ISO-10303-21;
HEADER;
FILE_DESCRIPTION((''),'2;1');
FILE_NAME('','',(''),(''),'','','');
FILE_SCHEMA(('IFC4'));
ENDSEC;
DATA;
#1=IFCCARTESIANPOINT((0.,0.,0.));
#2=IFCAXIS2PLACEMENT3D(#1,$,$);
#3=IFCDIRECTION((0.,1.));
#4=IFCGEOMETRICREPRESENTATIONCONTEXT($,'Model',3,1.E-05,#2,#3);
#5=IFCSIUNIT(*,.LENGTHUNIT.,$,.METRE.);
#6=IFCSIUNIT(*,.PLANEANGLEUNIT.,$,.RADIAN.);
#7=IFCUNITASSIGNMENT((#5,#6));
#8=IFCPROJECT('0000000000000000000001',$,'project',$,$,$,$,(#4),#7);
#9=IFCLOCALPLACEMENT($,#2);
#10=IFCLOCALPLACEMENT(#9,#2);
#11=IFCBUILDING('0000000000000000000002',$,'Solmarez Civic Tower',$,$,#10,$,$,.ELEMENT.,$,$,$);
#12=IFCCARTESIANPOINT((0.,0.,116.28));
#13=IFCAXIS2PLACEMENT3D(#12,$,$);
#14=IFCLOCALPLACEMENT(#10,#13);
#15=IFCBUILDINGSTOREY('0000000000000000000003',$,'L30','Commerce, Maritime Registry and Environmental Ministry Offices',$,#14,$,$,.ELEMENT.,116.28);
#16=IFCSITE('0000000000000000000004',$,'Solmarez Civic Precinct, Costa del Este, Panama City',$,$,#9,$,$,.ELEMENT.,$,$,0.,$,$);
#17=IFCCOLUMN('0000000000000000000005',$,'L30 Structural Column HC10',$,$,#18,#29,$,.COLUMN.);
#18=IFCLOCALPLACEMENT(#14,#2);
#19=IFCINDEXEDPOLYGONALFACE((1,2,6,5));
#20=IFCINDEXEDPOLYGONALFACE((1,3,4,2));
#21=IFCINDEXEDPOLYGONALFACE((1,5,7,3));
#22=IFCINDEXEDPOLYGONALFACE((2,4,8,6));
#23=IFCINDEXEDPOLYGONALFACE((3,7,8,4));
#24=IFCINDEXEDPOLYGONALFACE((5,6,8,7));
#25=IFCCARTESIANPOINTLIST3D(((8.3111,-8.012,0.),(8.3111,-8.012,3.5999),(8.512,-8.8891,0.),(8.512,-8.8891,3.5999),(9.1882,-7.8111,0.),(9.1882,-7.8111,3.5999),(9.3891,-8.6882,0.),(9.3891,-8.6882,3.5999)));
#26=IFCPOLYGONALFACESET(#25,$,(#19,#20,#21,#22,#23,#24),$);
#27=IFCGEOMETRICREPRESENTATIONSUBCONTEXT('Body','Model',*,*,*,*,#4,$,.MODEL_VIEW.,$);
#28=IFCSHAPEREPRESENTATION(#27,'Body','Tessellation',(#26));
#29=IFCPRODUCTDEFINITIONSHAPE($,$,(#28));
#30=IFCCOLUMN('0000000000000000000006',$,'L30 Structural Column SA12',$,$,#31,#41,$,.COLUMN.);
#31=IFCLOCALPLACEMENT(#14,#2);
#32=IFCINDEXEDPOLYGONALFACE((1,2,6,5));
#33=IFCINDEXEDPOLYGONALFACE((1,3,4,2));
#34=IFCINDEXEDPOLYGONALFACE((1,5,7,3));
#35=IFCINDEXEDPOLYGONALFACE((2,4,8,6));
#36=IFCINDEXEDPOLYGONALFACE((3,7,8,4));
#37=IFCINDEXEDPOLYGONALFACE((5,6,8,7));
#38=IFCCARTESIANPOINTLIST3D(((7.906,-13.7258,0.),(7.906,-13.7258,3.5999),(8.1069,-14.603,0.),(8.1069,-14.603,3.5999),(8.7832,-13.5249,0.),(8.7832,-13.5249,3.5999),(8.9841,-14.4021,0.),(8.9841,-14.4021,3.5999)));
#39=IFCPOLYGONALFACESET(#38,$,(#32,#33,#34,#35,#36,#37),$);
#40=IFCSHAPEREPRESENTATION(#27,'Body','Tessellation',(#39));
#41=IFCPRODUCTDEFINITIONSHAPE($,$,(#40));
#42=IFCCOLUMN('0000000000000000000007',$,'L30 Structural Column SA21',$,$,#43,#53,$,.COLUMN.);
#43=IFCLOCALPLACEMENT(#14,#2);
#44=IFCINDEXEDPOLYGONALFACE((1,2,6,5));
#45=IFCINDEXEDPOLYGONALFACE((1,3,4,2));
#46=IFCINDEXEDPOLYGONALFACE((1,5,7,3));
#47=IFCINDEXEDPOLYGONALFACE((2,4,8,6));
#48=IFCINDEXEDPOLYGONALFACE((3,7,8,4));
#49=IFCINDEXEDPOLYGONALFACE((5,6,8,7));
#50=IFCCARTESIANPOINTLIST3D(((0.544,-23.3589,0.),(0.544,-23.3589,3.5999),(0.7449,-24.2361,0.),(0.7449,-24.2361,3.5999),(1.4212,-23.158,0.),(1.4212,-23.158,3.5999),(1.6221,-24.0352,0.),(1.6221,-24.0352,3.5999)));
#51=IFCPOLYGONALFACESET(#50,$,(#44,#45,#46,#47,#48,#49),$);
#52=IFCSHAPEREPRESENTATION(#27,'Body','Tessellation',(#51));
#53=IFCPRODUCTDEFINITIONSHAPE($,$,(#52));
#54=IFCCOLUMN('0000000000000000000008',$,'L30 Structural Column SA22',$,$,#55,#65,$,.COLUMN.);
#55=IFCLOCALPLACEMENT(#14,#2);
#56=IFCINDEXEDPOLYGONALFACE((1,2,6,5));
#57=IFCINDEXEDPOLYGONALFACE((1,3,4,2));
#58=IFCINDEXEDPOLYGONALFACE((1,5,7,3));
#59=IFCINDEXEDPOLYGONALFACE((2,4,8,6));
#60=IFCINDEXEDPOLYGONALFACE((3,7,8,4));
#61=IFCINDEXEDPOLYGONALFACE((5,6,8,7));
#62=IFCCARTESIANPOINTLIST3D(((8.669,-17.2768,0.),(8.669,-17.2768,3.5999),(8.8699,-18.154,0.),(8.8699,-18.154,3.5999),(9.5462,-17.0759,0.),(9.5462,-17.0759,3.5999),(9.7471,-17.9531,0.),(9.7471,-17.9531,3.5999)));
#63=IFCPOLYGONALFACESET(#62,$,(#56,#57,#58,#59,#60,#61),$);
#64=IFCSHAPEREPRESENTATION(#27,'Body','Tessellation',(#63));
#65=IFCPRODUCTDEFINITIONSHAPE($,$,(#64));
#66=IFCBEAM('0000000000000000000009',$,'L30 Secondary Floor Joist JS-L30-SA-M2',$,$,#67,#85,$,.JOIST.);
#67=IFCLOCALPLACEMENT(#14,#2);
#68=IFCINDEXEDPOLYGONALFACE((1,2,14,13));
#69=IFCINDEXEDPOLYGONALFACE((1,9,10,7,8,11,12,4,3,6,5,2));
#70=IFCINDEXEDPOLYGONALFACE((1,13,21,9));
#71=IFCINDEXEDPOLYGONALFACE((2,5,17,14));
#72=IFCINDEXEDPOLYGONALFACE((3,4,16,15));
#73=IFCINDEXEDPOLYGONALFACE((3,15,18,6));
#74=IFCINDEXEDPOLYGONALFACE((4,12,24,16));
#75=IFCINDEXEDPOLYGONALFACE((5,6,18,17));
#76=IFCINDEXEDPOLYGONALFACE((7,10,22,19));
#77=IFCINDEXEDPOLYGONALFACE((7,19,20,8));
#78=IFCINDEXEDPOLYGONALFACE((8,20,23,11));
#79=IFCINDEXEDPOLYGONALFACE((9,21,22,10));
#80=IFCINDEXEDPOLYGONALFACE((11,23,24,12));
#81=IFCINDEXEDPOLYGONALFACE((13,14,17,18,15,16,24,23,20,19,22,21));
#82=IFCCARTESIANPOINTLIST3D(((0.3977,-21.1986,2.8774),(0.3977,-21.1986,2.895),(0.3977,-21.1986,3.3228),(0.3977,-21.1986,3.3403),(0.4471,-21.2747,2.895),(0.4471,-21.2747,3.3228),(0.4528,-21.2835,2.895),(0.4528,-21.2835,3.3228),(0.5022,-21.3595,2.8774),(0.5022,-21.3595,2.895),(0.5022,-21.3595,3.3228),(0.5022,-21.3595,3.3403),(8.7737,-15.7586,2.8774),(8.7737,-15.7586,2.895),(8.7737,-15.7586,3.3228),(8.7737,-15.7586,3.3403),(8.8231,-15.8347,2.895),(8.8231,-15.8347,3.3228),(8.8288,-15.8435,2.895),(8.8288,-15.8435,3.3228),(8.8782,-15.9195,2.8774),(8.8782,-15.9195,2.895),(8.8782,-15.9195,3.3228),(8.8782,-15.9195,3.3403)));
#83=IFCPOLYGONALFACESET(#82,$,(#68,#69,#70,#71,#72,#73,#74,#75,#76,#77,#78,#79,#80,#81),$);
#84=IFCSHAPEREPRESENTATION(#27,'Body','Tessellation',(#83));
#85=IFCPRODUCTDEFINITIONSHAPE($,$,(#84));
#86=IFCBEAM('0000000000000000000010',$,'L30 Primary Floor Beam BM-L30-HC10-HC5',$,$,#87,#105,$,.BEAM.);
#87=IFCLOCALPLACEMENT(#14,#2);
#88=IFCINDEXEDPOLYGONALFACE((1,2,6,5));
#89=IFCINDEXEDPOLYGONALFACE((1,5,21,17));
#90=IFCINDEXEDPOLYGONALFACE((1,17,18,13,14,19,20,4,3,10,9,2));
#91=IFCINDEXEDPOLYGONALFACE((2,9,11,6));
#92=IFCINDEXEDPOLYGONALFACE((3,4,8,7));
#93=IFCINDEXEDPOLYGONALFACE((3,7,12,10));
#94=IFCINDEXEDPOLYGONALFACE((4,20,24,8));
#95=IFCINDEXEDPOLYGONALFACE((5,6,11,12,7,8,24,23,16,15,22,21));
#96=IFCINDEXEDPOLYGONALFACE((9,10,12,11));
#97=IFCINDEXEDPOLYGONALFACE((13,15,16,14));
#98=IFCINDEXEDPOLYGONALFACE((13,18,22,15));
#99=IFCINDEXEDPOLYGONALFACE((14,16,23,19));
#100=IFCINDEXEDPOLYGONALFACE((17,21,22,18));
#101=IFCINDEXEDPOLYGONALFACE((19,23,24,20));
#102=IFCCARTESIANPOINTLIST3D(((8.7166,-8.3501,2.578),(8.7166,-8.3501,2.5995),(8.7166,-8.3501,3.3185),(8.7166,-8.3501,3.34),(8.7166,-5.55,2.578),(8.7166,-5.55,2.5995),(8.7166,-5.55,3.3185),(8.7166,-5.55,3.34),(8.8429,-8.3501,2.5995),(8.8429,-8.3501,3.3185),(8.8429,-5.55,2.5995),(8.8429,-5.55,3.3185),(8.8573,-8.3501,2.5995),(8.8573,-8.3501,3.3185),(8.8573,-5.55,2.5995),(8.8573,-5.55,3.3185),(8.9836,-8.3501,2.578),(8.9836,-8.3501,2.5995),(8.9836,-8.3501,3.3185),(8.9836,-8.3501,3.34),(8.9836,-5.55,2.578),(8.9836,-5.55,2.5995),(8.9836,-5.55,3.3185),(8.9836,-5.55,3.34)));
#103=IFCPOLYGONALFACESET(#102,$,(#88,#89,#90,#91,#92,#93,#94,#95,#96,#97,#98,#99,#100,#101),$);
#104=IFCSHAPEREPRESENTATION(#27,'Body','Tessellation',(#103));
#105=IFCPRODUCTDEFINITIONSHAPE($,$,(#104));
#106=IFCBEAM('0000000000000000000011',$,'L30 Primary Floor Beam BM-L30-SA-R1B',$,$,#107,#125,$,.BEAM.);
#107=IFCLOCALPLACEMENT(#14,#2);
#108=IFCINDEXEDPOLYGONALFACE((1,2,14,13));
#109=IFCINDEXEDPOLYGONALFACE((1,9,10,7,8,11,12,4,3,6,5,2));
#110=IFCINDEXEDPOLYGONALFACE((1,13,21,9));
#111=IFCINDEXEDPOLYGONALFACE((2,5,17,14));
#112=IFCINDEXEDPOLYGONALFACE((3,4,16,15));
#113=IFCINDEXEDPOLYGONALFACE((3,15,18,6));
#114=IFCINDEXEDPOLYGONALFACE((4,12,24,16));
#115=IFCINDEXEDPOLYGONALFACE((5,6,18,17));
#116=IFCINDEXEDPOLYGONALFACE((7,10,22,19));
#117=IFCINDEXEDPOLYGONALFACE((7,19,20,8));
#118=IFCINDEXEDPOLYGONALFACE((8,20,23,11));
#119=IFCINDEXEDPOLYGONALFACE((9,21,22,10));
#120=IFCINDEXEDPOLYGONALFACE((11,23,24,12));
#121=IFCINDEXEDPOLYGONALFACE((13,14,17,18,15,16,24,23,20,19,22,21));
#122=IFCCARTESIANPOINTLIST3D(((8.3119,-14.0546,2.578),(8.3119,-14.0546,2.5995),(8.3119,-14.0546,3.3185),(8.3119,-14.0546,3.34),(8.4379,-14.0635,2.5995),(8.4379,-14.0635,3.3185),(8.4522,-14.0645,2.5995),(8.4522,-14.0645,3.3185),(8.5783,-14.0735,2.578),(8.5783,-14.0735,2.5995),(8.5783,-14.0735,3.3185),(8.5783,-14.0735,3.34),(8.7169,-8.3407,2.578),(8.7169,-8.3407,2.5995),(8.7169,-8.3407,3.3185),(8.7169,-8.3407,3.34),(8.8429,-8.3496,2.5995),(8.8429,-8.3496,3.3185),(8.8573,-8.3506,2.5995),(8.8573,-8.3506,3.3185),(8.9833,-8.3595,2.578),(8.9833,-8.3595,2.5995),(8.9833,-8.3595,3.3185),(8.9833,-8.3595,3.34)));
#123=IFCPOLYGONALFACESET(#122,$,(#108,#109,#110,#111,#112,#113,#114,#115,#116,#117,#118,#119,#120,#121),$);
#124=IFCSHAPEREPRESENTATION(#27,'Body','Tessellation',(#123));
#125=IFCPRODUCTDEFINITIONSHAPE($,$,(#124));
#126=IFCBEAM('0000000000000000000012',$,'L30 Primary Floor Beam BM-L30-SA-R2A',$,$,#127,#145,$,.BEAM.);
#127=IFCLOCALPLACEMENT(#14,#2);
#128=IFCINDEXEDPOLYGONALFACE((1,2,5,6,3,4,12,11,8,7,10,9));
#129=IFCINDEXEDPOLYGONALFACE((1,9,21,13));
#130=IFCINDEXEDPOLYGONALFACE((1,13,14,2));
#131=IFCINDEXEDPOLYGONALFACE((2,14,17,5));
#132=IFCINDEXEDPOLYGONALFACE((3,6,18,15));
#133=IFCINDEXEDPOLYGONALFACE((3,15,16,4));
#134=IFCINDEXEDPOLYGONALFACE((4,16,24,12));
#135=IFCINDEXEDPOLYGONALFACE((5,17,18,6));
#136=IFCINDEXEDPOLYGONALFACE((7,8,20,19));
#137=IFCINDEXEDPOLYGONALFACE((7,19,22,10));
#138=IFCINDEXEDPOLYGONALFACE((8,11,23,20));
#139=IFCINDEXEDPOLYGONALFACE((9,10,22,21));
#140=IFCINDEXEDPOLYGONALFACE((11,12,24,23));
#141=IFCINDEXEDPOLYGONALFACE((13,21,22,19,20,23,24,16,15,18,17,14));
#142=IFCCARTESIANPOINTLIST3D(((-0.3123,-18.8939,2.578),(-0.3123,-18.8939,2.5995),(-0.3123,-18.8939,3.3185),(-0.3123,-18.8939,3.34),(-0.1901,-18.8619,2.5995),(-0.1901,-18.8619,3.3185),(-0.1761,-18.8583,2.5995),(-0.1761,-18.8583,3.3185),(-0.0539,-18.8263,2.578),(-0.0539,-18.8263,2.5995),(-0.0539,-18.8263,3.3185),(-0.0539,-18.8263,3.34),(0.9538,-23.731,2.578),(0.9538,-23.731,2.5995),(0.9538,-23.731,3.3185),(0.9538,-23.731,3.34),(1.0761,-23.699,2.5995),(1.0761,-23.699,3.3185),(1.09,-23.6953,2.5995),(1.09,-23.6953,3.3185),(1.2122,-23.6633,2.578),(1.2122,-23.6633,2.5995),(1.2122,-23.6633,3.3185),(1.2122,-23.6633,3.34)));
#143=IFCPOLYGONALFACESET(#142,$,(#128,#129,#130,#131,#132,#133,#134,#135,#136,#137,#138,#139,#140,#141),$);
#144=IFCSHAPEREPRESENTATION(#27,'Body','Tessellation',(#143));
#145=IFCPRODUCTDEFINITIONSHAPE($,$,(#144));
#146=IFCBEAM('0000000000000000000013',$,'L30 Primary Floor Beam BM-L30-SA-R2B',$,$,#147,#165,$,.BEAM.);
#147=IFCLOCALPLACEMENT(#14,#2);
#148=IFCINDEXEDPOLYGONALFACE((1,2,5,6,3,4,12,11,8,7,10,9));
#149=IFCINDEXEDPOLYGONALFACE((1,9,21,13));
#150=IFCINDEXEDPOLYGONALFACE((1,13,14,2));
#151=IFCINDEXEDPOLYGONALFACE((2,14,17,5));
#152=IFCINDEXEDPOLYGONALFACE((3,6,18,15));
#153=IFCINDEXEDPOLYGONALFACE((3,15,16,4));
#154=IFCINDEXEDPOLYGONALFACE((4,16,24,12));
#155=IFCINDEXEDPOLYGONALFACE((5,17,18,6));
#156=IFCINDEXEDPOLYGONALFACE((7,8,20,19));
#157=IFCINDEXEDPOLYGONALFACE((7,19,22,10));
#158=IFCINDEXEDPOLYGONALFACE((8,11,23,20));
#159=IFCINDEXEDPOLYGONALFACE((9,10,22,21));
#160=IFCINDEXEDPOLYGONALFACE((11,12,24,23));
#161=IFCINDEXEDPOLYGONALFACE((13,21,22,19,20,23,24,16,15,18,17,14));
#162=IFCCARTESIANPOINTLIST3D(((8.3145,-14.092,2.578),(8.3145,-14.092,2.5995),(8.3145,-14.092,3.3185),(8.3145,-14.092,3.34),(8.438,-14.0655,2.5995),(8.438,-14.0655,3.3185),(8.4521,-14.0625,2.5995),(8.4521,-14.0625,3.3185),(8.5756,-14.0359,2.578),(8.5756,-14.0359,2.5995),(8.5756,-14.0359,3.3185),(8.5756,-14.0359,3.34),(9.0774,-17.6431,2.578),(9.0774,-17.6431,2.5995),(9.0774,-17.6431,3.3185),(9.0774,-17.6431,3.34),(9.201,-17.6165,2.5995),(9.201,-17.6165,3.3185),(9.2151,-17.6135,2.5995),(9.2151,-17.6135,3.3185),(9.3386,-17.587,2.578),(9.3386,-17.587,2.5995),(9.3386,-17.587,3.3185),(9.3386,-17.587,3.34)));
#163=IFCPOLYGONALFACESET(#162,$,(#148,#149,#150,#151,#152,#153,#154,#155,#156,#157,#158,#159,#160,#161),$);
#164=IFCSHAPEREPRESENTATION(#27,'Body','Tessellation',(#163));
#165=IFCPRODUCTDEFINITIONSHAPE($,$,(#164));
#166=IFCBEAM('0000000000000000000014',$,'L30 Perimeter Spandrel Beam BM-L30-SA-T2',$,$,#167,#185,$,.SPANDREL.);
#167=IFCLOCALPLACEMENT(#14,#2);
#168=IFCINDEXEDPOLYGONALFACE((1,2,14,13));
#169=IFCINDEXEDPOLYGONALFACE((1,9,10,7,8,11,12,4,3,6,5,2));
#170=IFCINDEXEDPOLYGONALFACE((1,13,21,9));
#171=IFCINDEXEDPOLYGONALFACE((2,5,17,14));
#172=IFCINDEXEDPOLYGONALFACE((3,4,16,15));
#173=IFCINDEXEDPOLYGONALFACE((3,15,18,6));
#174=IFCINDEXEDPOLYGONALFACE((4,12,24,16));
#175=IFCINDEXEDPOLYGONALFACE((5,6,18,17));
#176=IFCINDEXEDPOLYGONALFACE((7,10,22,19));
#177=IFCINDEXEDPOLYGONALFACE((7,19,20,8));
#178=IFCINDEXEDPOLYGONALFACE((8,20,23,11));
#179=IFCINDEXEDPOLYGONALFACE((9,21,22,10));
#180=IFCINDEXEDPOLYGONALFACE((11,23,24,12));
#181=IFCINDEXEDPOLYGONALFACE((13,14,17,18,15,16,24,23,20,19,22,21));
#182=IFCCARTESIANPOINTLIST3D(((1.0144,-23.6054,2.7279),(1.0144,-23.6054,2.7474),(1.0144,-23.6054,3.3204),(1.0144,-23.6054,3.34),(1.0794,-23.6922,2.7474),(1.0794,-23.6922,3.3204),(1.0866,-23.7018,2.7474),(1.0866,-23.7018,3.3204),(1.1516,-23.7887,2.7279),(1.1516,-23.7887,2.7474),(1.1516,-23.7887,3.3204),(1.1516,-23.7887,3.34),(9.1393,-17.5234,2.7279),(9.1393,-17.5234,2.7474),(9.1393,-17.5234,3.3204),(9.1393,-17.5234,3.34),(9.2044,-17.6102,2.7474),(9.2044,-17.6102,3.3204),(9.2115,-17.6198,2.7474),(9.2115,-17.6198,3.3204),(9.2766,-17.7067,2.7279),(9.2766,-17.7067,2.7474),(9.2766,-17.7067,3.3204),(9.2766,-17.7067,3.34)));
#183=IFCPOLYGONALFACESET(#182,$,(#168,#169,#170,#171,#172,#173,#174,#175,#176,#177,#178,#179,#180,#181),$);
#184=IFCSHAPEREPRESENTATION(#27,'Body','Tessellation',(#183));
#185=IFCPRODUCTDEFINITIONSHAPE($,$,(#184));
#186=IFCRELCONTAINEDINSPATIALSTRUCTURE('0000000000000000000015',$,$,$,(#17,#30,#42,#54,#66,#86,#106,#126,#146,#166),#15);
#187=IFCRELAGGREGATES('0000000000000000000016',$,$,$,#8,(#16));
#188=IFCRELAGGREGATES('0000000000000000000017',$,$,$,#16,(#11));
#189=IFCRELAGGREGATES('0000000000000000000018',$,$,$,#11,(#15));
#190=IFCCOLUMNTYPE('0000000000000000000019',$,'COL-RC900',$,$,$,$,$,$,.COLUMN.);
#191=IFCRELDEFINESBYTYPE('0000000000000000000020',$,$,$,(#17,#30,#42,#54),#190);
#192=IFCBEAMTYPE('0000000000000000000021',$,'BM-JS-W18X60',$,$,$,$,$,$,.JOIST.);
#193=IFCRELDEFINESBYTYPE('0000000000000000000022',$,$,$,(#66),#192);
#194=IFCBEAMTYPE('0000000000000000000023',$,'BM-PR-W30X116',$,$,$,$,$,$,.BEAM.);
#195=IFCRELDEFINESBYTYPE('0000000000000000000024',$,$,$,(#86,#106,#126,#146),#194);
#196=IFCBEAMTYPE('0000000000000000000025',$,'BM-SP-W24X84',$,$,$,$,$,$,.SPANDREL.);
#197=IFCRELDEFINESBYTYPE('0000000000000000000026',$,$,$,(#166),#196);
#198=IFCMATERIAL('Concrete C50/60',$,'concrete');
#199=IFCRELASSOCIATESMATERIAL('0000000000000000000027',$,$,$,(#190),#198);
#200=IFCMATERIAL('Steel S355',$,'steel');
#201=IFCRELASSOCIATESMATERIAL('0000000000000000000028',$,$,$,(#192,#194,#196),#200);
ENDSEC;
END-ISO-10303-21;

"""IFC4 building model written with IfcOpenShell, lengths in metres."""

from ifc_helpers import new_model, si_unit, direction, frame, origin, origin_2d, place, context, subcontext, project, spatial, rectangle, i_section, extrude, material, material_profile, profile_set, type_object, element, save


model = new_model("IFC4")

# Units and contexts
model_context = context("Model", 3, precision=1e-05, world=origin(), true_north=direction((0.0, 1.0)))
body_context = subcontext(model_context, "Body", "Model", "MODEL_VIEW")
ifc_project = project(units=[si_unit("LENGTHUNIT", "METRE"), si_unit("PLANEANGLEUNIT", "RADIAN")], contexts=[model_context])

# Site, building, storey
site_placement = place(None, origin())
site = spatial("IfcSite", under=ifc_project, at=site_placement, Name="Solmarez Civic Precinct, Costa del Este, Panama City", CompositionType="ELEMENT", RefElevation=0.0)
building_placement = place(site_placement, origin())
building = spatial("IfcBuilding", under=site, at=building_placement, Name="Solmarez Civic Tower", CompositionType="ELEMENT")
storey_placement = place(building_placement, frame((0.0, 0.0, 116.28)))
storey = spatial("IfcBuildingStorey", under=building, at=storey_placement, Name="L30", Description="Commerce, Maritime Registry and Environmental Ministry Offices", CompositionType="ELEMENT", Elevation=116.28)

# Columns
ifc_material_1 = material(Name="Concrete C50/60", Category="concrete")
ifc_material_profile_1 = material_profile(ifc_material_1, rectangle(XDim=0.8999, YDim=0.8999, at=origin_2d()), Name="RC900X900")
ifc_profile_set_1 = profile_set([ifc_material_profile_1], Name="Concrete C50/60")
column_type = type_object("IfcColumnType", Name="COL-RC900", PredefinedType="COLUMN", material=ifc_profile_set_1)
for number, where, z_axis, x_axis, name in (
    (1, (8.8501, -8.3501, 0.0), (0.0, 0.0, 1.0), (0.974761, 0.22325, 0.0), "L30 Structural Column HC10"),
    (2, (8.4451, -14.064, 0.0), (0.0, 0.0, 1.0), (0.974761, 0.22325, 0.0), "L30 Structural Column SA12"),
    (3, (1.083, -23.697, 0.0), (0.0, 0.0, 1.0), (0.974761, 0.22325, 0.0), "L30 Structural Column SA21"),
    (4, (9.208, -17.615, 0.0), (0.0, 0.0, 1.0), (0.974761, 0.22325, 0.0), "L30 Structural Column SA22"),
):
    element("IfcColumn", number, at=place(storey_placement, frame(where, z_axis=z_axis, x_axis=x_axis)), inside=storey, type_object=column_type, Name=name, PredefinedType="COLUMN", context=body_context, shape_type="SweptSolid", body=[
        extrude(rectangle(XDim=0.8999, YDim=0.8999, at=origin_2d()), origin(), (0.0, 0.0, 1.0), 3.5999),
    ])

# Beams
ifc_material_2 = material(Name="Steel S355", Category="steel")
ifc_material_profile_2 = material_profile(ifc_material_2, i_section(OverallWidth=0.1919, OverallDepth=0.4629, WebThickness=0.0105, FlangeThickness=0.0176, at=origin_2d()), Name="W18X60")
ifc_profile_set_2 = profile_set([ifc_material_profile_2], Name="Steel S355")
beam_type_1 = type_object("IfcBeamType", Name="BM-JS-W18X60", PredefinedType="JOIST", material=ifc_profile_set_2)
beam_1_placement = place(storey_placement, frame((0.45, -21.2791, 3.1089), z_axis=(0.838647, 0.544676, 0.0), x_axis=(-0.544676, 0.838647, 0.0)))
element("IfcBeam", 5, at=beam_1_placement, inside=storey, type_object=beam_type_1, Name="L30 Secondary Floor Joist JS-L30-SA-M2", PredefinedType="JOIST", context=body_context, shape_type="SweptSolid", body=[
    extrude(i_section(OverallWidth=0.1919, OverallDepth=0.4629, WebThickness=0.0105, FlangeThickness=0.0176, at=origin_2d()), origin(), (0.0, 0.0, 1.0), 9.9875),
])
ifc_material_profile_3 = material_profile(ifc_material_2, i_section(OverallWidth=0.2671, OverallDepth=0.762, WebThickness=0.0144, FlangeThickness=0.0215, at=origin_2d()), Name="W30X116")
ifc_profile_set_3 = profile_set([ifc_material_profile_3], Name="Steel S355")
beam_type_2 = type_object("IfcBeamType", Name="BM-PR-W30X116", PredefinedType="BEAM", material=ifc_profile_set_3)
beam_2_placement = place(storey_placement, frame((8.8501, -8.3501, 2.959), z_axis=(0.0, 1.0, 0.0), x_axis=(-1.0, 0.0, 0.0)))
element("IfcBeam", 6, at=beam_2_placement, inside=storey, type_object=beam_type_2, Name="L30 Primary Floor Beam BM-L30-HC10-HC5", PredefinedType="BEAM", context=body_context, shape_type="SweptSolid", body=[
    extrude(i_section(OverallWidth=0.2671, OverallDepth=0.762, WebThickness=0.0144, FlangeThickness=0.0215, at=origin_2d()), origin(), (0.0, 0.0, 1.0), 2.8),
])
beam_3_placement = place(storey_placement, frame((8.8501, -8.3501, 2.959), z_axis=(-0.070708, -0.997497, 0.0), x_axis=(0.997497, -0.070708, 0.0)))
element("IfcBeam", 7, at=beam_3_placement, inside=storey, type_object=beam_type_2, Name="L30 Primary Floor Beam BM-L30-SA-R1B", PredefinedType="BEAM", context=body_context, shape_type="SweptSolid", body=[
    extrude(i_section(OverallWidth=0.2671, OverallDepth=0.762, WebThickness=0.0144, FlangeThickness=0.0215, at=origin_2d()), origin(), (0.0, 0.0, 1.0), 5.7283),
])
beam_4_placement = place(storey_placement, frame((-0.1831, -18.8601, 2.959), z_axis=(0.253229, -0.967406, 0.0), x_axis=(0.967406, 0.253229, 0.0)))
element("IfcBeam", 8, at=beam_4_placement, inside=storey, type_object=beam_type_2, Name="L30 Primary Floor Beam BM-L30-SA-R2A", PredefinedType="BEAM", context=body_context, shape_type="SweptSolid", body=[
    extrude(i_section(OverallWidth=0.2671, OverallDepth=0.762, WebThickness=0.0144, FlangeThickness=0.0215, at=origin_2d()), origin(), (0.0, 0.0, 1.0), 5.0),
])
beam_5_placement = place(storey_placement, frame((8.4451, -14.064, 2.959), z_axis=(0.210057, -0.977689, 0.0), x_axis=(0.977689, 0.210057, 0.0)))
element("IfcBeam", 9, at=beam_5_placement, inside=storey, type_object=beam_type_2, Name="L30 Primary Floor Beam BM-L30-SA-R2B", PredefinedType="BEAM", context=body_context, shape_type="SweptSolid", body=[
    extrude(i_section(OverallWidth=0.2671, OverallDepth=0.762, WebThickness=0.0144, FlangeThickness=0.0215, at=origin_2d()), origin(), (0.0, 0.0, 1.0), 3.6321),
])
ifc_material_profile_4 = material_profile(ifc_material_2, i_section(OverallWidth=0.229, OverallDepth=0.6121, WebThickness=0.012, FlangeThickness=0.0195, at=origin_2d()), Name="W24X84")
ifc_profile_set_4 = profile_set([ifc_material_profile_4], Name="Steel S355")
beam_type_3 = type_object("IfcBeamType", Name="BM-SP-W24X84", PredefinedType="SPANDREL", material=ifc_profile_set_4)
beam_6_placement = place(storey_placement, frame((1.083, -23.697, 3.0339), z_axis=(0.800554, 0.599261, 0.0), x_axis=(-0.599261, 0.800554, 0.0)))
element("IfcBeam", 10, at=beam_6_placement, inside=storey, type_object=beam_type_3, Name="L30 Perimeter Spandrel Beam BM-L30-SA-T2", PredefinedType="SPANDREL", context=body_context, shape_type="SweptSolid", body=[
    extrude(i_section(OverallWidth=0.229, OverallDepth=0.6121, WebThickness=0.012, FlangeThickness=0.0195, at=origin_2d()), origin(), (0.0, 0.0, 1.0), 10.1492),
])

save(model, "model.ifc")
